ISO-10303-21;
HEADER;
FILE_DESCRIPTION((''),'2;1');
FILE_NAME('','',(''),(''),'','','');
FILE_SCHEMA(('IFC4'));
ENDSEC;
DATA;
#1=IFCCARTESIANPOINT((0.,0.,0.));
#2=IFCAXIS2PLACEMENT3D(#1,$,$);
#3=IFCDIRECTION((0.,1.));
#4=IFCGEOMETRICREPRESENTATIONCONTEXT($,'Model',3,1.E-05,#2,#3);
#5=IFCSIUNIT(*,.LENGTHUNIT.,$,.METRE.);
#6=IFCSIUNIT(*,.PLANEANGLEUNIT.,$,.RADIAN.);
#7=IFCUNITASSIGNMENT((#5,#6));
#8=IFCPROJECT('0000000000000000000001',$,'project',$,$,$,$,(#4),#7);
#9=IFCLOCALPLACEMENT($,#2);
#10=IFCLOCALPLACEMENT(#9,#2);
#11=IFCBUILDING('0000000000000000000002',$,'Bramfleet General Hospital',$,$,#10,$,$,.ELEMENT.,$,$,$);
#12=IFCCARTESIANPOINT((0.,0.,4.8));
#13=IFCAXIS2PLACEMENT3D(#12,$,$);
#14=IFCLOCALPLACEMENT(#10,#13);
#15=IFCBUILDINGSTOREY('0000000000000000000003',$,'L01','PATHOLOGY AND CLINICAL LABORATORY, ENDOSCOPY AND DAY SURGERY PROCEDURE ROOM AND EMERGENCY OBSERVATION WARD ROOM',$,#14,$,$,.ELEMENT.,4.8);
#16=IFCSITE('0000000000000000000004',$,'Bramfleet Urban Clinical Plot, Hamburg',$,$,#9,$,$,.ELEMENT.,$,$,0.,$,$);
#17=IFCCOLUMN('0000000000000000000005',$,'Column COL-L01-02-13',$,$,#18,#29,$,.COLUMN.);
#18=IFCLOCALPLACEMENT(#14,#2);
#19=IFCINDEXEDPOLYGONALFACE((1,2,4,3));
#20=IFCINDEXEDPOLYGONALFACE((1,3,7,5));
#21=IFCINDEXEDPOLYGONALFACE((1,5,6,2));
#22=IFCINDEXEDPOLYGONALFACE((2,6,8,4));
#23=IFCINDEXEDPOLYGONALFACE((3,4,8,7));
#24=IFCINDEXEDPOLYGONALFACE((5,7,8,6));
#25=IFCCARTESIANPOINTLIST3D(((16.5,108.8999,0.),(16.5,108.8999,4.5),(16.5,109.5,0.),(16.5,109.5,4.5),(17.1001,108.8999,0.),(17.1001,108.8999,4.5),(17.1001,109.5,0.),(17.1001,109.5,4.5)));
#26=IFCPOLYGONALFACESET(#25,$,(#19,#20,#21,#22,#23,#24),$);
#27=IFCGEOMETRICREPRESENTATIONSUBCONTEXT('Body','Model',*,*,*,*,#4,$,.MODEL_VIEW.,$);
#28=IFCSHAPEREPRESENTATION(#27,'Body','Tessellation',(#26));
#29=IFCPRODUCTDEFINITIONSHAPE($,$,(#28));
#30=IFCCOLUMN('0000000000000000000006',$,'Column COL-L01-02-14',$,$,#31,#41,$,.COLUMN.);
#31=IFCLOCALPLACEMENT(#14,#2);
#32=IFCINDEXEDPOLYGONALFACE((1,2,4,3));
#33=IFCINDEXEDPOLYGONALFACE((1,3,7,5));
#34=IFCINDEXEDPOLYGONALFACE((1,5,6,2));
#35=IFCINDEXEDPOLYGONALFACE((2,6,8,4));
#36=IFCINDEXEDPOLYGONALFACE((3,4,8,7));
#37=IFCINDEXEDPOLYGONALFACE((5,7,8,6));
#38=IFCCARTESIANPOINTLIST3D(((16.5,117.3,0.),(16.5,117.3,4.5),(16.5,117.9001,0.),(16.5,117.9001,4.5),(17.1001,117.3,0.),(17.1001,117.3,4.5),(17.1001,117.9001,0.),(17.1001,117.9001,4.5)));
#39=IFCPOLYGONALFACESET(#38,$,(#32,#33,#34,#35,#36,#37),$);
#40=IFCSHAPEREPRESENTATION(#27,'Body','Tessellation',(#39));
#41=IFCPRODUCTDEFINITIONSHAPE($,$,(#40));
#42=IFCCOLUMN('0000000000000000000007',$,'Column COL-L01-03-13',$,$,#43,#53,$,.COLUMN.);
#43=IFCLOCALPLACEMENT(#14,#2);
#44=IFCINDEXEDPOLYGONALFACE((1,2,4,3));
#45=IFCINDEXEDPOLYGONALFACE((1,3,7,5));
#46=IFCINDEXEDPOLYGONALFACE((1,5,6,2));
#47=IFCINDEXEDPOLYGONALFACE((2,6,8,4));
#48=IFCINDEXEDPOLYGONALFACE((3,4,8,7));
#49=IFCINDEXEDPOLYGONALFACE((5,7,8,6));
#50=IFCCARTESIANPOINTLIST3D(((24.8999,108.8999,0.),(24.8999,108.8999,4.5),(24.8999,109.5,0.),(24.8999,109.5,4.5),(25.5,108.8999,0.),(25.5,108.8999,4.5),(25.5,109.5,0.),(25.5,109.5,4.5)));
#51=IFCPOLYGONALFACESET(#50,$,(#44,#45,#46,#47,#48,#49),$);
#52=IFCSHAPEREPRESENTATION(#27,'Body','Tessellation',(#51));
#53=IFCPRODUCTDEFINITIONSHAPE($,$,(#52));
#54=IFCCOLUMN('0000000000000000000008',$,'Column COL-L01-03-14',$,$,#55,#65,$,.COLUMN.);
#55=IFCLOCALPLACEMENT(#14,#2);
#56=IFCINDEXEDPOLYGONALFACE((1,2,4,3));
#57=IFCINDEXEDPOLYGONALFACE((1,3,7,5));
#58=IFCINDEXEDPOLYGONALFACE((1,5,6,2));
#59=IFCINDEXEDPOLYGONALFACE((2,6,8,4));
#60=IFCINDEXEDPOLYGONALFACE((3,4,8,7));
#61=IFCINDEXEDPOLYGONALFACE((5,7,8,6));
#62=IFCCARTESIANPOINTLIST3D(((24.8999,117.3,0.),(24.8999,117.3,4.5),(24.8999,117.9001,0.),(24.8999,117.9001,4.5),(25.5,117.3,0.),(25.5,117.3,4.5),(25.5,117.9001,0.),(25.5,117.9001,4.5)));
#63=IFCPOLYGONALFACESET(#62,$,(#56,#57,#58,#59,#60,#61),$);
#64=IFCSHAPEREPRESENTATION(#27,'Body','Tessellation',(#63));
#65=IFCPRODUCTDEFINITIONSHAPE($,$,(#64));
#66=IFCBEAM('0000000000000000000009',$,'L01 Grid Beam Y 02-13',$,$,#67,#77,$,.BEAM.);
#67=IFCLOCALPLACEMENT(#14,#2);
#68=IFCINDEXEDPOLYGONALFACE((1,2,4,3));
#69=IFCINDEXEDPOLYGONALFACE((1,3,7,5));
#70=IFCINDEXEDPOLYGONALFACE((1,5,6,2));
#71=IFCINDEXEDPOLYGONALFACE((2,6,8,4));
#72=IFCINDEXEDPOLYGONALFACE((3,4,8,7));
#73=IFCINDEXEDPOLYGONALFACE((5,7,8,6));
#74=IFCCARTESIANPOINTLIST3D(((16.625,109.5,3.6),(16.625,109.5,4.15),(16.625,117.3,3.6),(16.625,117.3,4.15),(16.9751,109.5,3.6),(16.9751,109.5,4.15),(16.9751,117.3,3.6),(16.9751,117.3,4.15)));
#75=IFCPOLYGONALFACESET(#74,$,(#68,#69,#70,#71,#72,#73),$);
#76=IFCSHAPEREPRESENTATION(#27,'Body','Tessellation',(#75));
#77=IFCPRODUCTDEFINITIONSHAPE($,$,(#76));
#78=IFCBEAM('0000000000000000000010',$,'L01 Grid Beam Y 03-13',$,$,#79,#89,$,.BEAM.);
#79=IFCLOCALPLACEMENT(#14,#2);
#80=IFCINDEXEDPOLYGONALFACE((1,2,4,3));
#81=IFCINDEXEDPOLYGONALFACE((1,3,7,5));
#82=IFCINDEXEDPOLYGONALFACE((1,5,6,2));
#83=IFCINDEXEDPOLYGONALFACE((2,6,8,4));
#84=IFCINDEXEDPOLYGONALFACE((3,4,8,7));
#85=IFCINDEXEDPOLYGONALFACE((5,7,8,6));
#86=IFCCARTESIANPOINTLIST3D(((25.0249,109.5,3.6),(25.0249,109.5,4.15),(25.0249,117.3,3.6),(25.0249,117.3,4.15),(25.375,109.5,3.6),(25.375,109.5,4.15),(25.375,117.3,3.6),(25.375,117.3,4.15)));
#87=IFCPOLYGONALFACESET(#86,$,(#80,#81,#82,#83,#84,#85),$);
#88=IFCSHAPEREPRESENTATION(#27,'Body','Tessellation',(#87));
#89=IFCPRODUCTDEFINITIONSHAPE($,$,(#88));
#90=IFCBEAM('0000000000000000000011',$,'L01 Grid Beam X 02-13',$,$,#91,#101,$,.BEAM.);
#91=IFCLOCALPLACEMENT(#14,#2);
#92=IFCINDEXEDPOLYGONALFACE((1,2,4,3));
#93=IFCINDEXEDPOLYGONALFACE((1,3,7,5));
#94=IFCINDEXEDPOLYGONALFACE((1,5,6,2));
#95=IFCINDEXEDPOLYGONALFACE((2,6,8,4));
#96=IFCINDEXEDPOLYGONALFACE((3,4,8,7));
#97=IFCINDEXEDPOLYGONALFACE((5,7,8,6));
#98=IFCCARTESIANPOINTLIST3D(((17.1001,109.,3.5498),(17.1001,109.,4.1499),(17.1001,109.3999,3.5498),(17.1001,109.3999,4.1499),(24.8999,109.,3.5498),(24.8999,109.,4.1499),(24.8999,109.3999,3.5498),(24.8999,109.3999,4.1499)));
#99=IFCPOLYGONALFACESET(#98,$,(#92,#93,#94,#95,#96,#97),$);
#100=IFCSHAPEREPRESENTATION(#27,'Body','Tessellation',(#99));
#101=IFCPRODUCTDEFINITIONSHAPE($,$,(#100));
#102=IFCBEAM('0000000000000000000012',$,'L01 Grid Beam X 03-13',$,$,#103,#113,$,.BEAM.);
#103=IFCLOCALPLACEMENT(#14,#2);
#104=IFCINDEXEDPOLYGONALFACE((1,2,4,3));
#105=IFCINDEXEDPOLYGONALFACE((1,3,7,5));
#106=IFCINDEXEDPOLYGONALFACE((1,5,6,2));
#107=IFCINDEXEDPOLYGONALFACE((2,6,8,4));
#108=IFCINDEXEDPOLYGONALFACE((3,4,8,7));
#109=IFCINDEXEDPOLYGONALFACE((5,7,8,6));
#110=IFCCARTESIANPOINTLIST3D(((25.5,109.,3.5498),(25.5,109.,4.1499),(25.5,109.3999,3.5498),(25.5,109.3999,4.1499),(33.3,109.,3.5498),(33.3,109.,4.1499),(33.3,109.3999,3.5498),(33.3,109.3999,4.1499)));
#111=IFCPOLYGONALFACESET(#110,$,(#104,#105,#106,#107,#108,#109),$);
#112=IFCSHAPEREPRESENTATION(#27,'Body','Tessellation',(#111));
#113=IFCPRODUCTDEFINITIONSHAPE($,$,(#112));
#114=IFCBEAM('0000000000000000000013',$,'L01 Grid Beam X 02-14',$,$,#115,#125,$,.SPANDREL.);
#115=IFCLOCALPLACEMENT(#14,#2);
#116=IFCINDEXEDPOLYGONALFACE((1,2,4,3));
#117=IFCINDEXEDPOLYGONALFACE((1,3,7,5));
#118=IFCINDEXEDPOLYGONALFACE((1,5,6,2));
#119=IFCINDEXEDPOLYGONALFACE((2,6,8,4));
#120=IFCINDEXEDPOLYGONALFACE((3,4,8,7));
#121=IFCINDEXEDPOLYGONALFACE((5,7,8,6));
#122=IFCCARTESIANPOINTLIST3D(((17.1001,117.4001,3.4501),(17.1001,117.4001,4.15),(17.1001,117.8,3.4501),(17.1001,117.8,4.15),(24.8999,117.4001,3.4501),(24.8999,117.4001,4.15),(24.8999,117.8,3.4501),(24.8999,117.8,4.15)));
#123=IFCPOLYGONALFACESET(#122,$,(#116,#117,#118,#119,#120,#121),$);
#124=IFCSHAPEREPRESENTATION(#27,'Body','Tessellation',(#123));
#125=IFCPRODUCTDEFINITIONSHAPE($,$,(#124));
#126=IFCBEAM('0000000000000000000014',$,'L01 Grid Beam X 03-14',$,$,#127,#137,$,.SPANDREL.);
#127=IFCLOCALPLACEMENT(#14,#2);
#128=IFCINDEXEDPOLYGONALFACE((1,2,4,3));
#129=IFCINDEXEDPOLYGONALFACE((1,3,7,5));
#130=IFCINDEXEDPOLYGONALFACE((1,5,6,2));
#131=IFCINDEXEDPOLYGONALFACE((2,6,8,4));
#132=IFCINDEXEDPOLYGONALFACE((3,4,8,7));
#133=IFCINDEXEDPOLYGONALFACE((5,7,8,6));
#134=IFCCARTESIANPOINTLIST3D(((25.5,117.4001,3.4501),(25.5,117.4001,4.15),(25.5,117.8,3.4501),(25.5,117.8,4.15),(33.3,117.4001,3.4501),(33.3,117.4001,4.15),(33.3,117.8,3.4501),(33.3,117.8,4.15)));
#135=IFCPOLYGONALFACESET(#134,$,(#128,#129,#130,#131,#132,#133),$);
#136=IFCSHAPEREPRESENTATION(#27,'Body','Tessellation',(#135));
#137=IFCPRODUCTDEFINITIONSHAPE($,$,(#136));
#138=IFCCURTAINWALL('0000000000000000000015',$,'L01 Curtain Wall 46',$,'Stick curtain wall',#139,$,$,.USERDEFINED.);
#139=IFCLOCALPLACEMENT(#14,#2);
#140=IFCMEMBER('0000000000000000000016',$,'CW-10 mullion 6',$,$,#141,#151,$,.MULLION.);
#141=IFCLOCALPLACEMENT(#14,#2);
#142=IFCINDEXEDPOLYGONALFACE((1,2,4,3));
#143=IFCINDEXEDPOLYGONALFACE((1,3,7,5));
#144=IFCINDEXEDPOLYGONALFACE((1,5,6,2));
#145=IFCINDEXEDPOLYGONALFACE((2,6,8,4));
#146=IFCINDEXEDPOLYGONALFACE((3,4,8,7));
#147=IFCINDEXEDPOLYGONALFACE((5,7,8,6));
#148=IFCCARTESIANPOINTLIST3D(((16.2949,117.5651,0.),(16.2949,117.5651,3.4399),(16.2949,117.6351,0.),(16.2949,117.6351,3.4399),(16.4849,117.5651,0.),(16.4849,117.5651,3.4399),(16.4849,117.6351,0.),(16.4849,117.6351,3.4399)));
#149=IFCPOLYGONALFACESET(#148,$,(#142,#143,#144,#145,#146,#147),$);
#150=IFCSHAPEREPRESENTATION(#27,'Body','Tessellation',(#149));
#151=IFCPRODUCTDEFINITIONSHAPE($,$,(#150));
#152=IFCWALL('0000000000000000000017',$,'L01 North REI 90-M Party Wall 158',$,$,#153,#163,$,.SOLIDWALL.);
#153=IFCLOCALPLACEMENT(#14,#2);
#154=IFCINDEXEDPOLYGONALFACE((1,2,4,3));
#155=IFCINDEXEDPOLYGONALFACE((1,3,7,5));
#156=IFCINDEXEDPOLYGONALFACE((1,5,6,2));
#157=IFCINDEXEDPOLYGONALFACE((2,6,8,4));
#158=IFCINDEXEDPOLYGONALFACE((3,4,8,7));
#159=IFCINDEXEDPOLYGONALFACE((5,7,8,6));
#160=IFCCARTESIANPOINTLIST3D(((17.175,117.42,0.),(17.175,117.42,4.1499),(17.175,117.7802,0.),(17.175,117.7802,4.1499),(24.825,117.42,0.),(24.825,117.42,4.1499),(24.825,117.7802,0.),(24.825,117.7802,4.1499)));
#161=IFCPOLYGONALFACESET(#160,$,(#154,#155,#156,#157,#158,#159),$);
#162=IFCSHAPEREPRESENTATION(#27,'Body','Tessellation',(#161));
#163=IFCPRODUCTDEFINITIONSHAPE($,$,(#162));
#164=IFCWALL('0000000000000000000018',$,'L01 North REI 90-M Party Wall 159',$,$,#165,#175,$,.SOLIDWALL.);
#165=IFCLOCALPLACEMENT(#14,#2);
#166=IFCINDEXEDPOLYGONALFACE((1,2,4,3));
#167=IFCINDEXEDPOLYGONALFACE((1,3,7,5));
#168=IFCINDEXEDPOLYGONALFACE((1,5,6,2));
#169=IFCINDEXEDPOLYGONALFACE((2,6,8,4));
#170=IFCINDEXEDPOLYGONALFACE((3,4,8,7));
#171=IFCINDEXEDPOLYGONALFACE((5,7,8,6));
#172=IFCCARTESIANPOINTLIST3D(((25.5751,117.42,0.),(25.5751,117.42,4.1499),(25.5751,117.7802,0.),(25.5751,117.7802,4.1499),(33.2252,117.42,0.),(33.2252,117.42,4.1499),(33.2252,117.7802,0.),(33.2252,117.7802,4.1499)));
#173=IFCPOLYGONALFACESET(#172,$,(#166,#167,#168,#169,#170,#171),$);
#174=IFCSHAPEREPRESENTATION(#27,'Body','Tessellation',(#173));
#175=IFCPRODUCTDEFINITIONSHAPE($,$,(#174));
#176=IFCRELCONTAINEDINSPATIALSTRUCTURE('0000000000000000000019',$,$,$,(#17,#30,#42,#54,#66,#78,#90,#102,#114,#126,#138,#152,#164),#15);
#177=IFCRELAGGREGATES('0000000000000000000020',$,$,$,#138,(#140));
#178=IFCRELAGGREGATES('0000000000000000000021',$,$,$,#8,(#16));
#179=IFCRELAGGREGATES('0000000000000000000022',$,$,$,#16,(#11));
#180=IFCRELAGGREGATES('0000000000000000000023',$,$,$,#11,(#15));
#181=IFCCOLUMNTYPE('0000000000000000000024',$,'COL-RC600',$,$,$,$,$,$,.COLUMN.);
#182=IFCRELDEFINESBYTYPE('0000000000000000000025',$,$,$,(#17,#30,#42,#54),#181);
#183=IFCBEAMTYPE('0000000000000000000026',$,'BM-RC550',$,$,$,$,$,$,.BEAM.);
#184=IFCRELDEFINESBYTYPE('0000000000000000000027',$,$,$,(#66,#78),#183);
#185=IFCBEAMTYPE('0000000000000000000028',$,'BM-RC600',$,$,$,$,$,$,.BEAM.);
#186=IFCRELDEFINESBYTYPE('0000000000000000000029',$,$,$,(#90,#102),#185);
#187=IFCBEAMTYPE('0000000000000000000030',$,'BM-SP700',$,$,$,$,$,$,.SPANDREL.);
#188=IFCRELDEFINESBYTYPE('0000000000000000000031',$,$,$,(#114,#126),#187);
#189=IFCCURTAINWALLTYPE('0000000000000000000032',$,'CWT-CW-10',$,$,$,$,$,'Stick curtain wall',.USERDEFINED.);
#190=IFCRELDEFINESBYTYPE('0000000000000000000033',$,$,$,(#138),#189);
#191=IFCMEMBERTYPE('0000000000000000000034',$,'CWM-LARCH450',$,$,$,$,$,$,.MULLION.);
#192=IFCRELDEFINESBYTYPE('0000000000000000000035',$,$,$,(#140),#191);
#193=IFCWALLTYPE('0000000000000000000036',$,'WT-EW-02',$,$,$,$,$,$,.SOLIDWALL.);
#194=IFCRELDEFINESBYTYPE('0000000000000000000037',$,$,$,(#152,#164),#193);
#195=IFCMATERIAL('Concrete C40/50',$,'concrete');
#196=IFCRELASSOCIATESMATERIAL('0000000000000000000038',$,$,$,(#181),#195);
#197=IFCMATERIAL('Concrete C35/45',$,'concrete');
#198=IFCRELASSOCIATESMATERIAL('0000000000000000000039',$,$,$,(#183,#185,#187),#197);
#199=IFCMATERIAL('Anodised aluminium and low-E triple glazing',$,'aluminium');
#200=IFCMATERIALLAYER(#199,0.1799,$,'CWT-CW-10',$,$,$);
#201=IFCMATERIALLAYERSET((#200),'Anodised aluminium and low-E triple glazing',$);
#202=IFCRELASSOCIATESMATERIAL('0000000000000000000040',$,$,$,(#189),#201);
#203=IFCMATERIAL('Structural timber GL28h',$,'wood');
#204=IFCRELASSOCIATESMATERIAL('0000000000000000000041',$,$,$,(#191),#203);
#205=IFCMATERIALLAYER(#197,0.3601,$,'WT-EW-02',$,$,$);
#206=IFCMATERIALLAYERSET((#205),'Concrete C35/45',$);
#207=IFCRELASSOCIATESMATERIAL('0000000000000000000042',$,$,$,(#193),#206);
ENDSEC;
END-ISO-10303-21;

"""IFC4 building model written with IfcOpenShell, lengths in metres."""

from ifc_helpers import new_model, si_unit, direction, frame, frame_2d, origin, origin_2d, place, context, subcontext, project, spatial, rectangle, extrude, material, layer, layer_set, material_profile, profile_set, type_object, element, aggregate, save


model = new_model("IFC4")

# Units and contexts
model_context = context("Model", 3, precision=1e-05, world=origin(), true_north=direction((0.0, 1.0)))
body_context = subcontext(model_context, "Body", "Model", "MODEL_VIEW")
ifc_project = project(units=[si_unit("LENGTHUNIT", "METRE"), si_unit("PLANEANGLEUNIT", "RADIAN")], contexts=[model_context])

# Site, building, storey
site_placement = place(None, origin())
site = spatial("IfcSite", under=ifc_project, at=site_placement, Name="Bramfleet Urban Clinical Plot, Hamburg", CompositionType="ELEMENT", RefElevation=0.0)
building_placement = place(site_placement, origin())
building = spatial("IfcBuilding", under=site, at=building_placement, Name="Bramfleet General Hospital", CompositionType="ELEMENT")
storey_placement = place(building_placement, frame((0.0, 0.0, 4.8)))
storey = spatial("IfcBuildingStorey", under=building, at=storey_placement, Name="L01", Description="PATHOLOGY AND CLINICAL LABORATORY, ENDOSCOPY AND DAY SURGERY PROCEDURE ROOM AND EMERGENCY OBSERVATION WARD ROOM", CompositionType="ELEMENT", Elevation=4.8)

# Columns
ifc_material_1 = material(Name="Concrete C40/50", Category="concrete")
ifc_material_profile_1 = material_profile(ifc_material_1, rectangle(XDim=0.6001, YDim=0.6001, at=origin_2d()), Name="RC COL 600x600")
ifc_profile_set_1 = profile_set([ifc_material_profile_1], Name="Concrete C40/50")
column_type = type_object("IfcColumnType", Name="COL-RC600", PredefinedType="COLUMN", material=ifc_profile_set_1)
for number, where, z_axis, x_axis, name in (
    (1, (16.8, 109.2, 0.0), (0.0, 0.0, 1.0), (1.0, 0.0, 0.0), "Column COL-L01-02-13"),
    (2, (16.8, 117.6001, 0.0), (0.0, 0.0, 1.0), (1.0, 0.0, 0.0), "Column COL-L01-02-14"),
    (3, (25.2, 109.2, 0.0), (0.0, 0.0, 1.0), (1.0, 0.0, 0.0), "Column COL-L01-03-13"),
    (4, (25.2, 117.6001, 0.0), (0.0, 0.0, 1.0), (1.0, 0.0, 0.0), "Column COL-L01-03-14"),
):
    element("IfcColumn", number, at=place(storey_placement, frame(where, z_axis=z_axis, x_axis=x_axis)), inside=storey, type_object=column_type, Name=name, PredefinedType="COLUMN", context=body_context, shape_type="SweptSolid", body=[
        extrude(rectangle(XDim=0.6001, YDim=0.6001, at=origin_2d()), origin(), (0.0, 0.0, 1.0), 4.5),
    ])

# Beams
ifc_material_2 = material(Name="Concrete C35/45", Category="concrete")
ifc_material_profile_2 = material_profile(ifc_material_2, rectangle(XDim=0.3501, YDim=0.55, at=origin_2d()), Name="RC BM 550x350")
ifc_profile_set_2 = profile_set([ifc_material_profile_2], Name="Concrete C35/45")
beam_type_1 = type_object("IfcBeamType", Name="BM-RC550", PredefinedType="BEAM", material=ifc_profile_set_2)
for number, where, z_axis, x_axis, name in (
    (5, (16.8, 109.5, 3.875), (0.0, 1.0, 0.0), (-1.0, 0.0, 0.0), "L01 Grid Beam Y 02-13"),
    (6, (25.2, 109.5, 3.875), (0.0, 1.0, 0.0), (-1.0, 0.0, 0.0), "L01 Grid Beam Y 03-13"),
):
    element("IfcBeam", number, at=place(storey_placement, frame(where, z_axis=z_axis, x_axis=x_axis)), inside=storey, type_object=beam_type_1, Name=name, PredefinedType="BEAM", context=body_context, shape_type="SweptSolid", body=[
        extrude(rectangle(XDim=0.3501, YDim=0.55, at=origin_2d()), origin(), (0.0, 0.0, 1.0), 7.8),
    ])
ifc_material_profile_3 = material_profile(ifc_material_2, rectangle(XDim=0.3999, YDim=0.6001, at=origin_2d()), Name="RC BM 600x400")
ifc_profile_set_3 = profile_set([ifc_material_profile_3], Name="Concrete C35/45")
beam_type_2 = type_object("IfcBeamType", Name="BM-RC600", PredefinedType="BEAM", material=ifc_profile_set_3)
beam_1_placement = place(storey_placement, frame((17.1001, 109.2, 3.8499), z_axis=(1.0, 0.0, 0.0), x_axis=(0.0, 1.0, 0.0)))
element("IfcBeam", 7, at=beam_1_placement, inside=storey, type_object=beam_type_2, Name="L01 Grid Beam X 02-13", PredefinedType="BEAM", context=body_context, shape_type="SweptSolid", body=[
    extrude(rectangle(XDim=0.3999, YDim=0.6001, at=origin_2d()), origin(), (0.0, 0.0, 1.0), 7.7998),
])
beam_2_placement = place(storey_placement, frame((25.5, 109.2, 3.8499), z_axis=(1.0, 0.0, 0.0), x_axis=(0.0, 1.0, 0.0)))
element("IfcBeam", 8, at=beam_2_placement, inside=storey, type_object=beam_type_2, Name="L01 Grid Beam X 03-13", PredefinedType="BEAM", context=body_context, shape_type="SweptSolid", body=[
    extrude(rectangle(XDim=0.3999, YDim=0.6001, at=origin_2d()), origin(), (0.0, 0.0, 1.0), 7.8),
])
ifc_material_profile_4 = material_profile(ifc_material_2, rectangle(XDim=0.3999, YDim=0.7, at=origin_2d()), Name="RC SP 700x400")
ifc_profile_set_4 = profile_set([ifc_material_profile_4], Name="Concrete C35/45")
beam_type_3 = type_object("IfcBeamType", Name="BM-SP700", PredefinedType="SPANDREL", material=ifc_profile_set_4)
beam_3_placement = place(storey_placement, frame((17.1001, 117.6001, 3.8), z_axis=(1.0, 0.0, 0.0), x_axis=(0.0, 1.0, 0.0)))
element("IfcBeam", 9, at=beam_3_placement, inside=storey, type_object=beam_type_3, Name="L01 Grid Beam X 02-14", PredefinedType="SPANDREL", context=body_context, shape_type="SweptSolid", body=[
    extrude(rectangle(XDim=0.3999, YDim=0.7, at=origin_2d()), origin(), (0.0, 0.0, 1.0), 7.7998),
])
beam_4_placement = place(storey_placement, frame((25.5, 117.6001, 3.8), z_axis=(1.0, 0.0, 0.0), x_axis=(0.0, 1.0, 0.0)))
element("IfcBeam", 10, at=beam_4_placement, inside=storey, type_object=beam_type_3, Name="L01 Grid Beam X 03-14", PredefinedType="SPANDREL", context=body_context, shape_type="SweptSolid", body=[
    extrude(rectangle(XDim=0.3999, YDim=0.7, at=origin_2d()), origin(), (0.0, 0.0, 1.0), 7.8),
])

# Curtain wall, member
ifc_material_3 = material(Name="Anodised aluminium and low-E triple glazing", Category="aluminium")
ifc_layer_1 = layer(ifc_material_3, 0.1799, Name="CWT-CW-10")
ifc_layer_set_1 = layer_set([ifc_layer_1], Name="Anodised aluminium and low-E triple glazing")
curtain_wall_type = type_object("IfcCurtainWallType", Name="CWT-CW-10", ElementType="Stick curtain wall", PredefinedType="USERDEFINED", material=ifc_layer_set_1)
curtain_wall_placement = place(storey_placement, origin())
curtain_wall = element("IfcCurtainWall", 11, at=curtain_wall_placement, inside=storey, type_object=curtain_wall_type, Name="L01 Curtain Wall 46", ObjectType="Stick curtain wall", PredefinedType="USERDEFINED")
ifc_material_4 = material(Name="Structural timber GL28h", Category="wood")
ifc_material_profile_5 = material_profile(ifc_material_4, rectangle(XDim=0.0701, YDim=0.1899, at=origin_2d()), Name="LARCH 190x70")
ifc_profile_set_5 = profile_set([ifc_material_profile_5], Name="Structural timber GL28h")
member_type = type_object("IfcMemberType", Name="CWM-LARCH450", PredefinedType="MULLION", material=ifc_profile_set_5)
member_placement = place(storey_placement, frame((16.3899, 117.6001, 0.0), z_axis=(0.0, 0.0, 1.0), x_axis=(0.0, 1.0, 0.0)))
member = element("IfcMember", 12, at=member_placement, type_object=member_type, Name="CW-10 mullion 6", PredefinedType="MULLION", context=body_context, shape_type="SweptSolid", body=[
    extrude(rectangle(XDim=0.0701, YDim=0.1899, at=origin_2d()), origin(), (0.0, 0.0, 1.0), 3.4399),
])
aggregate(curtain_wall, [member])

# Walls
ifc_layer_2 = layer(ifc_material_2, 0.3601, Name="WT-EW-02")
ifc_layer_set_2 = layer_set([ifc_layer_2], Name="Concrete C35/45")
wall_type_1 = type_object("IfcWallType", Name="WT-EW-02", PredefinedType="SOLIDWALL", material=ifc_layer_set_2)
wall_1_placement = place(storey_placement, frame((17.175, 117.6001, 0.0), z_axis=(0.0, 0.0, 1.0), x_axis=(1.0, 0.0, 0.0)))
element("IfcWall", 13, at=wall_1_placement, inside=storey, type_object=wall_type_1, Name="L01 North REI 90-M Party Wall 158", PredefinedType="SOLIDWALL", context=body_context, shape_type="SweptSolid", body=[
    extrude(rectangle(XDim=7.6499, YDim=0.3601, at=frame_2d((3.825, 0.0))), origin(), (0.0, 0.0, 1.0), 4.1499),
])
wall_2_placement = place(storey_placement, frame((25.575, 117.6001, 0.0), z_axis=(0.0, 0.0, 1.0), x_axis=(1.0, 0.0, 0.0)))
element("IfcWall", 14, at=wall_2_placement, inside=storey, type_object=wall_type_1, Name="L01 North REI 90-M Party Wall 159", PredefinedType="SOLIDWALL", context=body_context, shape_type="SweptSolid", body=[
    extrude(rectangle(XDim=7.6501, YDim=0.3601, at=frame_2d((3.8252, 0.0))), origin(), (0.0, 0.0, 1.0), 4.1499),
])

save(model, "model.ifc")
